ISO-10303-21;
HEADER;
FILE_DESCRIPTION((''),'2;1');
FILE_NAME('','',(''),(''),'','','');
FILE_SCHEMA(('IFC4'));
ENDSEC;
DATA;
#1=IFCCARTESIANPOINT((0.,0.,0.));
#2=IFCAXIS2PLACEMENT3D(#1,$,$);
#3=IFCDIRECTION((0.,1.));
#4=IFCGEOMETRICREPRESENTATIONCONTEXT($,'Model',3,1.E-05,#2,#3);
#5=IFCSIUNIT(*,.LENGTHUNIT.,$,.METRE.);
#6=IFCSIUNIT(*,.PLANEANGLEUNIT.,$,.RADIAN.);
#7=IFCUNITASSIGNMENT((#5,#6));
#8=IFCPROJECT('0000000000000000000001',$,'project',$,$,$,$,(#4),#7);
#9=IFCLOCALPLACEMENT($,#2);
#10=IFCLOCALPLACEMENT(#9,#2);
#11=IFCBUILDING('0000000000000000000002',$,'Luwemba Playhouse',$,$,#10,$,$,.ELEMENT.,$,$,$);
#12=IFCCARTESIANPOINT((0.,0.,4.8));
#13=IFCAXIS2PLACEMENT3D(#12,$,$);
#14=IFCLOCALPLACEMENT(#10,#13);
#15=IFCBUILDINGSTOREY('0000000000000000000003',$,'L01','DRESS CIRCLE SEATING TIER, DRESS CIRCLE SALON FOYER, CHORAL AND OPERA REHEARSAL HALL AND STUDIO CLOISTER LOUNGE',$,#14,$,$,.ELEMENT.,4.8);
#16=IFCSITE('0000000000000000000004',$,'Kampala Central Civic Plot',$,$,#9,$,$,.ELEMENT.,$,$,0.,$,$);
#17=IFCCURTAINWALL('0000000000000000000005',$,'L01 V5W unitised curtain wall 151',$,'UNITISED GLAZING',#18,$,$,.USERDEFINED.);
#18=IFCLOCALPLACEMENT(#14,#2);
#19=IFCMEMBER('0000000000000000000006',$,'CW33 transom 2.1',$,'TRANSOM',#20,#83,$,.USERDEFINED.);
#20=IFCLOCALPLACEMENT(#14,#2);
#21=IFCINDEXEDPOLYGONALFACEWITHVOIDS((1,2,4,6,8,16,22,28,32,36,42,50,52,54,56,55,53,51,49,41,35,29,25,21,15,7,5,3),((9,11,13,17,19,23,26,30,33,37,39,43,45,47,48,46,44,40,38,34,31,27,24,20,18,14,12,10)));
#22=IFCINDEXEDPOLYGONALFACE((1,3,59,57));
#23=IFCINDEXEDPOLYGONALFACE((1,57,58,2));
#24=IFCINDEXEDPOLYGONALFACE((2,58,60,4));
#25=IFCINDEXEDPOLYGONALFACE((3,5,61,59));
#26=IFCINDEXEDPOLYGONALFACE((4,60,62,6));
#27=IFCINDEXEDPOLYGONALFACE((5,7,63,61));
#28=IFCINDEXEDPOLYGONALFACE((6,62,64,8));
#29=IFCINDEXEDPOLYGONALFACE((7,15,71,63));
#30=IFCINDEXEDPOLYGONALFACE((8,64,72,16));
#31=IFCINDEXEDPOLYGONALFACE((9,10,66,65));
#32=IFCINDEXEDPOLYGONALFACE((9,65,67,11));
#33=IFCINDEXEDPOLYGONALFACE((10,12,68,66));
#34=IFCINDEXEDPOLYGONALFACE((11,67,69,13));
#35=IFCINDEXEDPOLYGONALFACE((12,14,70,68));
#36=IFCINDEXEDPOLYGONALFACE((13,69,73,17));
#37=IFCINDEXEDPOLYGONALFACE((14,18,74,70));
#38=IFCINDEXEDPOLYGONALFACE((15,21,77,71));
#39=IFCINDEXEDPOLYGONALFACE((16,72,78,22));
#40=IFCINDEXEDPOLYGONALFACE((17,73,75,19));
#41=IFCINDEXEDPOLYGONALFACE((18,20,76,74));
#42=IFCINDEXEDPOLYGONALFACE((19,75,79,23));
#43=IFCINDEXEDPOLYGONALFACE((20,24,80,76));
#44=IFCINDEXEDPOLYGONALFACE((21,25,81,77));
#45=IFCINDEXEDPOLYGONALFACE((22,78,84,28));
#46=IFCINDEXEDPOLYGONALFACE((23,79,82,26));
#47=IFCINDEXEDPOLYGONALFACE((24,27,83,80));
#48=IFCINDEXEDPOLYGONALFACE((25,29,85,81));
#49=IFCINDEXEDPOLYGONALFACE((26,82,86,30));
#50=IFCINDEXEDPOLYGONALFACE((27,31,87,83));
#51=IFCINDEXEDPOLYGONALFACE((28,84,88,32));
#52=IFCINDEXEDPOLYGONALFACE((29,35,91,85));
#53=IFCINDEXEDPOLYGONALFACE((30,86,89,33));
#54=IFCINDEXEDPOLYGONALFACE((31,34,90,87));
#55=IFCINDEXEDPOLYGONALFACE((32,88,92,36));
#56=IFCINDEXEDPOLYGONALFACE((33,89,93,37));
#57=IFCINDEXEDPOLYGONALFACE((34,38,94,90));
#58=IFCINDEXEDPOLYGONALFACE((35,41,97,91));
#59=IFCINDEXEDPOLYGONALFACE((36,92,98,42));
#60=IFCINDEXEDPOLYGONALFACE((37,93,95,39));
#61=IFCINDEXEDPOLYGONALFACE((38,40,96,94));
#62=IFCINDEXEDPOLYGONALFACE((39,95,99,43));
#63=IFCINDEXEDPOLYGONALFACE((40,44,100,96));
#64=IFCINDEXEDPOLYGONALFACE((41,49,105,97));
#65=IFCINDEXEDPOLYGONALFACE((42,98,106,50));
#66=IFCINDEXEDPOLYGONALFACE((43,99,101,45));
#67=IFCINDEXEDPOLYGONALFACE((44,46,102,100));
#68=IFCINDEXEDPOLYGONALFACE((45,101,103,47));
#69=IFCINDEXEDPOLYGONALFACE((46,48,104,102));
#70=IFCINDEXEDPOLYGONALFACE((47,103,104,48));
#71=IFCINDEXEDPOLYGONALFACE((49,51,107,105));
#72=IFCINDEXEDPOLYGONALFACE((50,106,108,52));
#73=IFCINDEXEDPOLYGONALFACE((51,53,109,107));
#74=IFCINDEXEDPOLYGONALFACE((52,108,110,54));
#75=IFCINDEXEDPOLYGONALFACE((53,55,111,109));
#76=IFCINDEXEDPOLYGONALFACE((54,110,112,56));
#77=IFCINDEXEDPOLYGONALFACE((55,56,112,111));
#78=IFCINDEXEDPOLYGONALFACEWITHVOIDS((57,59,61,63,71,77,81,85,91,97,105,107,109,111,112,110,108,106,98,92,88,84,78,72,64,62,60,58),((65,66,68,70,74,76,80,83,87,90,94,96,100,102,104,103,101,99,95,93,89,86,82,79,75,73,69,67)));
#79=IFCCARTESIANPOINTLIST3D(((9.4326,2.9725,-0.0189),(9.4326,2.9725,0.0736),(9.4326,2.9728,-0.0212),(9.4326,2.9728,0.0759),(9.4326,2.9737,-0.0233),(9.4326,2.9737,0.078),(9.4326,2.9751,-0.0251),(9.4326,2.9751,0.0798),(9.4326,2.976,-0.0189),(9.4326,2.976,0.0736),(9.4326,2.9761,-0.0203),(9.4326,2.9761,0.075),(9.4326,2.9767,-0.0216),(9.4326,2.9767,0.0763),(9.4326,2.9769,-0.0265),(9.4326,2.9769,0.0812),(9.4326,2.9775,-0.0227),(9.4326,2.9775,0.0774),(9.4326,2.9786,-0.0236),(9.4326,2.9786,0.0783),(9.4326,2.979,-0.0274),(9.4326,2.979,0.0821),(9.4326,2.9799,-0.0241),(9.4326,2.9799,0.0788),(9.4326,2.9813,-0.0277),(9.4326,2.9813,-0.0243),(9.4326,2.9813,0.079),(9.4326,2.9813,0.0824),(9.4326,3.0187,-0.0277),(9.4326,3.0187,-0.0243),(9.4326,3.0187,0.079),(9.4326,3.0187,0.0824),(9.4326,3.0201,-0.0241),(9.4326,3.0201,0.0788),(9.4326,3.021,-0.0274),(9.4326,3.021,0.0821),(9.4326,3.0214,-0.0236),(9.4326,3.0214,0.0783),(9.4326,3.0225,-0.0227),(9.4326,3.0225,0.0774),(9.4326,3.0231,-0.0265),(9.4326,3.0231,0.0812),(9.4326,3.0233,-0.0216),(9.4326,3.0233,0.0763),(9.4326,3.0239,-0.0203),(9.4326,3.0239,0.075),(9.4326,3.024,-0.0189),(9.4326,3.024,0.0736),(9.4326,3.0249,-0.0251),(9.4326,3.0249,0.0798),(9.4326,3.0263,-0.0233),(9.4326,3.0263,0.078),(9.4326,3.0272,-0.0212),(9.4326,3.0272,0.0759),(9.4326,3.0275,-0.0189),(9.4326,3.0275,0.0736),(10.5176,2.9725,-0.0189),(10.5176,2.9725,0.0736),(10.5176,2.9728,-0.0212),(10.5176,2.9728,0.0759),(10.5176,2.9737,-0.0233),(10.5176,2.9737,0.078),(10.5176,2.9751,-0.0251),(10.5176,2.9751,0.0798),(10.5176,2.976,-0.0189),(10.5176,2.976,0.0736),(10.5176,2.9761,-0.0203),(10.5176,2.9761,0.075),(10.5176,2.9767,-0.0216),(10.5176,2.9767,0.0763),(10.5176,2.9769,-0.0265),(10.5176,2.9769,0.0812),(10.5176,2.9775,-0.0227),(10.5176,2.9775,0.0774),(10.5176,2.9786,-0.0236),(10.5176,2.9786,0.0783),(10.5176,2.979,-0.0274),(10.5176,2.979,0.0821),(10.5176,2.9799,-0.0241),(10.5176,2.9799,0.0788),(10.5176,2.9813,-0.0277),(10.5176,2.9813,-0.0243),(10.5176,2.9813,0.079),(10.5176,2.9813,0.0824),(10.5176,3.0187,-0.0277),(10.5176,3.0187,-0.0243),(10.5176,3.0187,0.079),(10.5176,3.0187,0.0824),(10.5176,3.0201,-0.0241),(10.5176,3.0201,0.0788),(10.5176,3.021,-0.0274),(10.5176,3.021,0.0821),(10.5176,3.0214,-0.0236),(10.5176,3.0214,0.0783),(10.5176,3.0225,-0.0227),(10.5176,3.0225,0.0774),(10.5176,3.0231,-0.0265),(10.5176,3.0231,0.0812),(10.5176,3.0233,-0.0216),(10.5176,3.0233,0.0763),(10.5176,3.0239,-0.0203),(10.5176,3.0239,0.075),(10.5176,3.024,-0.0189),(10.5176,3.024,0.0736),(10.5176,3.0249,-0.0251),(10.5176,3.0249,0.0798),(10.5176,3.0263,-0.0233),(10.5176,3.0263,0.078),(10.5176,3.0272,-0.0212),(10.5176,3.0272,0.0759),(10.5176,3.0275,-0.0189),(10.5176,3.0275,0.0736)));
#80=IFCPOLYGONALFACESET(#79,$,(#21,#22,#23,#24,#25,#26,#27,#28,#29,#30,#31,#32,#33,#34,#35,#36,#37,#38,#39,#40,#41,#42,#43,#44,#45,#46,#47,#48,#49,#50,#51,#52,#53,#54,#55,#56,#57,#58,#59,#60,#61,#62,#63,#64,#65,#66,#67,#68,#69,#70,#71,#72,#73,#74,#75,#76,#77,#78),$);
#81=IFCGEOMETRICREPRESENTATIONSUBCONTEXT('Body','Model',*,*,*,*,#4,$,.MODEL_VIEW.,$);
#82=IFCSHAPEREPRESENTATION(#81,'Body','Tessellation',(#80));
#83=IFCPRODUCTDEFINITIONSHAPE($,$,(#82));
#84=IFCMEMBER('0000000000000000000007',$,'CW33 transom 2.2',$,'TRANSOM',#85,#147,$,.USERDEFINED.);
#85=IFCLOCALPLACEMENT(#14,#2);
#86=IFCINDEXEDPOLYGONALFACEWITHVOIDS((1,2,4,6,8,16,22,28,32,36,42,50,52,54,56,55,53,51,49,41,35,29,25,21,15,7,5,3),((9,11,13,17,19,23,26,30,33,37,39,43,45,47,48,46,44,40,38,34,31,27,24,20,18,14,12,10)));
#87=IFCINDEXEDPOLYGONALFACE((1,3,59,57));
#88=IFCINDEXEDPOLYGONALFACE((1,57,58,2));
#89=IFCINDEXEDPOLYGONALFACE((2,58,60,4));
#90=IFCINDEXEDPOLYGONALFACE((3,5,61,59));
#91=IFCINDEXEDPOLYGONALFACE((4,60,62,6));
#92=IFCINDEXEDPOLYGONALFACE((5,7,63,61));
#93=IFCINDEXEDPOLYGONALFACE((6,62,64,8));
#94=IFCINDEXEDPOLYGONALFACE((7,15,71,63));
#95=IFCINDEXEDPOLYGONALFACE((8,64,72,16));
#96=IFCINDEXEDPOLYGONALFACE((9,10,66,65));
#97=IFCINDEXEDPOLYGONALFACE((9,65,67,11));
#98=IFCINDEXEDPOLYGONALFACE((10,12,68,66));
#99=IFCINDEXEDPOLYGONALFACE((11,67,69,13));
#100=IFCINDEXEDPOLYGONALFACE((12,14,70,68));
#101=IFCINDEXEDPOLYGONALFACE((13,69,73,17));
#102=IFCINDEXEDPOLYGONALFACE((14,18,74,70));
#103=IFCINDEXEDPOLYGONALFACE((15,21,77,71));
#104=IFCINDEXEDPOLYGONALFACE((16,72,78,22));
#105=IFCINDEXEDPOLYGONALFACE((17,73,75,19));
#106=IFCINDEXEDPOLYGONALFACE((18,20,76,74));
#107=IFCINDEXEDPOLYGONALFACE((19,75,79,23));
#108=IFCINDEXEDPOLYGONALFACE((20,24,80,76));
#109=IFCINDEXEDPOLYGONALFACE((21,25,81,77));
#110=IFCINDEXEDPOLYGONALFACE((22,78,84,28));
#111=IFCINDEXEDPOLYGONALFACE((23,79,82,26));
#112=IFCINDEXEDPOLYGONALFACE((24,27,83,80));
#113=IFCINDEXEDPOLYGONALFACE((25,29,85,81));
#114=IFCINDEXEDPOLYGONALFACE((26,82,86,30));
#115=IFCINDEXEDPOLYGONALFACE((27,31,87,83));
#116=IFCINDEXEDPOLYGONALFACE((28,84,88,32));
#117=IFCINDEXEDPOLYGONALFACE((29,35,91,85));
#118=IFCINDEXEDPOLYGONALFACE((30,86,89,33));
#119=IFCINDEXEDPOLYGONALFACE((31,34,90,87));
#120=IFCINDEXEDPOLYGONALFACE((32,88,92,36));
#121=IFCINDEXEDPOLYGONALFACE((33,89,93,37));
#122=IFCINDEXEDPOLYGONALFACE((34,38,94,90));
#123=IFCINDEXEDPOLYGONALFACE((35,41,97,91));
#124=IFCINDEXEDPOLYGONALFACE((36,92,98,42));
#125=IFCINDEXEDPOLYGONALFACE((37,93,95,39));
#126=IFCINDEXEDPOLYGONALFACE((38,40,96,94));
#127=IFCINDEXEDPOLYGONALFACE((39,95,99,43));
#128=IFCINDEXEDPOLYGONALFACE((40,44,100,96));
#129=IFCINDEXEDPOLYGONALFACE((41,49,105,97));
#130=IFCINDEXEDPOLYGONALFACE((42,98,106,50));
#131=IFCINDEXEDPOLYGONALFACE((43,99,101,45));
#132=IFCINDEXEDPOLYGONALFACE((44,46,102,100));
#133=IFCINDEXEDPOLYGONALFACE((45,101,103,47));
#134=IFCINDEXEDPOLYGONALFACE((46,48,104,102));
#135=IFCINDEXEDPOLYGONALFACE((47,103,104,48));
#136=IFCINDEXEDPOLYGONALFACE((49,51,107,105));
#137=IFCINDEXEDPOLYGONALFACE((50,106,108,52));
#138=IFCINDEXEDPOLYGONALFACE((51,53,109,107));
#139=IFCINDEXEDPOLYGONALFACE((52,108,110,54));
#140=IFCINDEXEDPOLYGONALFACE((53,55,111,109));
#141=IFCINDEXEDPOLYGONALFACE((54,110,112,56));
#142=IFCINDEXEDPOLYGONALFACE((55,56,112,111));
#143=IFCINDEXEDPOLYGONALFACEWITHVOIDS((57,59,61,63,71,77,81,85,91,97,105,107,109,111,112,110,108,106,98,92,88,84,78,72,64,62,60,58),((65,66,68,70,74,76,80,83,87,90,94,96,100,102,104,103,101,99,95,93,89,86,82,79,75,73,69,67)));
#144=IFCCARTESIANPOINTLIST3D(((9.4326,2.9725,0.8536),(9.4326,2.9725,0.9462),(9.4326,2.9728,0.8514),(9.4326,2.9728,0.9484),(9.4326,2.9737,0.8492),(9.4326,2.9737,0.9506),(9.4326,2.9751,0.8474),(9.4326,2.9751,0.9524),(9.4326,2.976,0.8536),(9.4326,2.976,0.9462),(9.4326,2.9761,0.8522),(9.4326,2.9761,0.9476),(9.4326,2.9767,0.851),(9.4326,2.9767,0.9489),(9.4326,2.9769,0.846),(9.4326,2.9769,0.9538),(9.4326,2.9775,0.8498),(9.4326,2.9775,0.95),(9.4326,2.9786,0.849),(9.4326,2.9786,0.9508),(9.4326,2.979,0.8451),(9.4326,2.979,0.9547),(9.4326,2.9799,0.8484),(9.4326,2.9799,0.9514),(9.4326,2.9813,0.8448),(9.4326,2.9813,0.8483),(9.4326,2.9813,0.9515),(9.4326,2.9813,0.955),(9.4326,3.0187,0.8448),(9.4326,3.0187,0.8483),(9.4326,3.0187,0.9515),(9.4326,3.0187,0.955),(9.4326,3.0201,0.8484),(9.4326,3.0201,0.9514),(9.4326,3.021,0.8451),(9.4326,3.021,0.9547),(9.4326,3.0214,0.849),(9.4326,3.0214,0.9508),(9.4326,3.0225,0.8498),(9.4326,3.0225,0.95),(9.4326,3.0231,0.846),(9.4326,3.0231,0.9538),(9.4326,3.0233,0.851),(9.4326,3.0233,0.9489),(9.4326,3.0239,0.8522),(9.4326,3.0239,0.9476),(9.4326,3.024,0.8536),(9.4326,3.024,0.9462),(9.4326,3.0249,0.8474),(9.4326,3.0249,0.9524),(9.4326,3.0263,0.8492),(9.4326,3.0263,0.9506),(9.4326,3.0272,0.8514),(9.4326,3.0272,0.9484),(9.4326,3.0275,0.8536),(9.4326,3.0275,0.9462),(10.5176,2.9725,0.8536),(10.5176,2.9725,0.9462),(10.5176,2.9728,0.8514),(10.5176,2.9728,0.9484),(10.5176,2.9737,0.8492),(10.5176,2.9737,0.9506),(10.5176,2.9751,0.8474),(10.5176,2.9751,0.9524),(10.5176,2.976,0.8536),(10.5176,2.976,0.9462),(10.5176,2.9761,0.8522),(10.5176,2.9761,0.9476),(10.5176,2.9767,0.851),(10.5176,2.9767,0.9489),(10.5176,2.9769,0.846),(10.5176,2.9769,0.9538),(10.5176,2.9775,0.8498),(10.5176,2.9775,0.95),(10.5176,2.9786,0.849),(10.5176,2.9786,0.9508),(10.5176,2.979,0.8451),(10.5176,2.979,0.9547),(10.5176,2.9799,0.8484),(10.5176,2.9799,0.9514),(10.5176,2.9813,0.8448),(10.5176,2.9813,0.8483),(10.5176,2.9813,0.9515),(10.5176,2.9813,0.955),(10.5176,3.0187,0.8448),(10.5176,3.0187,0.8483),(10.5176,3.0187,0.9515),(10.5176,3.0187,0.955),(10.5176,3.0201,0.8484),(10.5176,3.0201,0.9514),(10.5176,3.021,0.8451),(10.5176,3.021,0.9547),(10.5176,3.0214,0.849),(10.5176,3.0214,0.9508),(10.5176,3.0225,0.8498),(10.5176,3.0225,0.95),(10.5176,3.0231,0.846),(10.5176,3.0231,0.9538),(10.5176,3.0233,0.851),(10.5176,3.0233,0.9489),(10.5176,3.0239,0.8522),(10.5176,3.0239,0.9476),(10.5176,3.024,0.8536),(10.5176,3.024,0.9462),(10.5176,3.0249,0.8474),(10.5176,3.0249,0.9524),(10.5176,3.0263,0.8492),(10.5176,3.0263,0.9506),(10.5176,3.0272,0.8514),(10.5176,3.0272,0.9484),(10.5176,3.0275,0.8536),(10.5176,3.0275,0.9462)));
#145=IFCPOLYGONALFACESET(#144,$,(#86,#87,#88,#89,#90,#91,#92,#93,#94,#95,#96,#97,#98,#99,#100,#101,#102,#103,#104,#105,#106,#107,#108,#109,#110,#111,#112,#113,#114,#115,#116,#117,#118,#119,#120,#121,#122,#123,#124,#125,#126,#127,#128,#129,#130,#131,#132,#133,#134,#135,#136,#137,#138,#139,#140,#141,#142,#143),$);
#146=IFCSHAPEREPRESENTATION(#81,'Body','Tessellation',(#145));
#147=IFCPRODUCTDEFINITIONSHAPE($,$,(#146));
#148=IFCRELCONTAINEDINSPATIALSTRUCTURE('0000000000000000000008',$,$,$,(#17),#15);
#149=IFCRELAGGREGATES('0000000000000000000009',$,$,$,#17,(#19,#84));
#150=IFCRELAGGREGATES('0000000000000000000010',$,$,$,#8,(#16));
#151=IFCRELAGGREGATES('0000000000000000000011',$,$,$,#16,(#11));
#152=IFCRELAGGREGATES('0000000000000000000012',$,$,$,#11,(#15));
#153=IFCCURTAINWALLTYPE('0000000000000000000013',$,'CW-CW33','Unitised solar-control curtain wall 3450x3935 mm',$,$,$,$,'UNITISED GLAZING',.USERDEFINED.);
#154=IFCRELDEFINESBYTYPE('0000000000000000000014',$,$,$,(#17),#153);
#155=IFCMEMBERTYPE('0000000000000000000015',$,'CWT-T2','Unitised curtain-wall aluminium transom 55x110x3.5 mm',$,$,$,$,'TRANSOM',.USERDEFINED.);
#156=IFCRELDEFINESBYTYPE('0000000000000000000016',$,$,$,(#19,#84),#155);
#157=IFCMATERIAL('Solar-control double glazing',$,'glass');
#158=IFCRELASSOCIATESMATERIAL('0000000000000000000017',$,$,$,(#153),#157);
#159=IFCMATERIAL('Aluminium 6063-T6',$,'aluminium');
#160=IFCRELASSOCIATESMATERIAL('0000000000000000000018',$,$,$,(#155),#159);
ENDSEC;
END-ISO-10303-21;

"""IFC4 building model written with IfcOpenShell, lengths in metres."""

from ifc_helpers import new_model, si_unit, direction, frame, origin, origin_2d, place, context, subcontext, project, spatial, hollow_rectangle, extrude, material, material_profile, profile_set, type_object, element, aggregate, save


model = new_model("IFC4")

# Units and contexts
model_context = context("Model", 3, precision=1e-05, world=origin(), true_north=direction((0.0, 1.0)))
body_context = subcontext(model_context, "Body", "Model", "MODEL_VIEW")
ifc_project = project(units=[si_unit("LENGTHUNIT", "METRE"), si_unit("PLANEANGLEUNIT", "RADIAN")], contexts=[model_context])

# Site, building, storey
site_placement = place(None, origin())
site = spatial("IfcSite", under=ifc_project, at=site_placement, Name="Kampala Central Civic Plot", CompositionType="ELEMENT", RefElevation=0.0)
building_placement = place(site_placement, origin())
building = spatial("IfcBuilding", under=site, at=building_placement, Name="Luwemba Playhouse", CompositionType="ELEMENT")
storey_placement = place(building_placement, frame((0.0, 0.0, 4.8)))
storey = spatial("IfcBuildingStorey", under=building, at=storey_placement, Name="L01", Description="DRESS CIRCLE SEATING TIER, DRESS CIRCLE SALON FOYER, CHORAL AND OPERA REHEARSAL HALL AND STUDIO CLOISTER LOUNGE", CompositionType="ELEMENT", Elevation=4.8)

# Shared definitions
ifc_material_1 = material(Name="Solar-control double glazing", Category="glass")
ifc_material_2 = material(Name="Aluminium 6063-T6", Category="aluminium")

# Curtain wall
curtain_wall_type_1 = type_object("IfcCurtainWallType", Name="CW-CW33", Description="Unitised solar-control curtain wall 3450x3935 mm", ElementType="UNITISED GLAZING", PredefinedType="USERDEFINED", material=ifc_material_1)
curtain_wall_1_placement = place(storey_placement, origin())
curtain_wall_1 = element("IfcCurtainWall", 1, at=curtain_wall_1_placement, inside=storey, type_object=curtain_wall_type_1, Name="L01 V5W unitised curtain wall 151", ObjectType="UNITISED GLAZING", PredefinedType="USERDEFINED")

# Members
ifc_material_profile_1 = material_profile(ifc_material_2, hollow_rectangle(XDim=0.0549, YDim=0.1101, WallThickness=0.0034, InnerFilletRadius=0.0054, OuterFilletRadius=0.0088, at=origin_2d()))
ifc_profile_set_1 = profile_set([ifc_material_profile_1], Name="Aluminium 6063-T6")
member_type_1 = type_object("IfcMemberType", Name="CWT-T2", Description="Unitised curtain-wall aluminium transom 55x110x3.5 mm", ElementType="TRANSOM", PredefinedType="USERDEFINED", material=ifc_profile_set_1)
member_1_placement = place(storey_placement, frame((10.5176, 3.0, 0.0273), z_axis=(-1.0, 0.0, 0.0), x_axis=(0.0, -1.0, 0.0)))
member_1 = element("IfcMember", 2, at=member_1_placement, type_object=member_type_1, Name="CW33 transom 2.1", ObjectType="TRANSOM", PredefinedType="USERDEFINED", context=body_context, shape_type="SweptSolid", body=[
    extrude(hollow_rectangle(XDim=0.0549, YDim=0.1101, WallThickness=0.0034, InnerFilletRadius=0.0054, OuterFilletRadius=0.0088, at=origin_2d()), origin(), (0.0, 0.0, 1.0), 1.085),
])
member_2_placement = place(storey_placement, frame((10.5176, 3.0, 0.8999), z_axis=(-1.0, 0.0, 0.0), x_axis=(0.0, -1.0, 0.0)))
member_2 = element("IfcMember", 3, at=member_2_placement, type_object=member_type_1, Name="CW33 transom 2.2", ObjectType="TRANSOM", PredefinedType="USERDEFINED", context=body_context, shape_type="SweptSolid", body=[
    extrude(hollow_rectangle(XDim=0.0549, YDim=0.1101, WallThickness=0.0034, InnerFilletRadius=0.0054, OuterFilletRadius=0.0088, at=origin_2d()), origin(), (0.0, 0.0, 1.0), 1.085),
])

aggregate(curtain_wall_1, [member_1, member_2])

save(model, "model.ifc")
